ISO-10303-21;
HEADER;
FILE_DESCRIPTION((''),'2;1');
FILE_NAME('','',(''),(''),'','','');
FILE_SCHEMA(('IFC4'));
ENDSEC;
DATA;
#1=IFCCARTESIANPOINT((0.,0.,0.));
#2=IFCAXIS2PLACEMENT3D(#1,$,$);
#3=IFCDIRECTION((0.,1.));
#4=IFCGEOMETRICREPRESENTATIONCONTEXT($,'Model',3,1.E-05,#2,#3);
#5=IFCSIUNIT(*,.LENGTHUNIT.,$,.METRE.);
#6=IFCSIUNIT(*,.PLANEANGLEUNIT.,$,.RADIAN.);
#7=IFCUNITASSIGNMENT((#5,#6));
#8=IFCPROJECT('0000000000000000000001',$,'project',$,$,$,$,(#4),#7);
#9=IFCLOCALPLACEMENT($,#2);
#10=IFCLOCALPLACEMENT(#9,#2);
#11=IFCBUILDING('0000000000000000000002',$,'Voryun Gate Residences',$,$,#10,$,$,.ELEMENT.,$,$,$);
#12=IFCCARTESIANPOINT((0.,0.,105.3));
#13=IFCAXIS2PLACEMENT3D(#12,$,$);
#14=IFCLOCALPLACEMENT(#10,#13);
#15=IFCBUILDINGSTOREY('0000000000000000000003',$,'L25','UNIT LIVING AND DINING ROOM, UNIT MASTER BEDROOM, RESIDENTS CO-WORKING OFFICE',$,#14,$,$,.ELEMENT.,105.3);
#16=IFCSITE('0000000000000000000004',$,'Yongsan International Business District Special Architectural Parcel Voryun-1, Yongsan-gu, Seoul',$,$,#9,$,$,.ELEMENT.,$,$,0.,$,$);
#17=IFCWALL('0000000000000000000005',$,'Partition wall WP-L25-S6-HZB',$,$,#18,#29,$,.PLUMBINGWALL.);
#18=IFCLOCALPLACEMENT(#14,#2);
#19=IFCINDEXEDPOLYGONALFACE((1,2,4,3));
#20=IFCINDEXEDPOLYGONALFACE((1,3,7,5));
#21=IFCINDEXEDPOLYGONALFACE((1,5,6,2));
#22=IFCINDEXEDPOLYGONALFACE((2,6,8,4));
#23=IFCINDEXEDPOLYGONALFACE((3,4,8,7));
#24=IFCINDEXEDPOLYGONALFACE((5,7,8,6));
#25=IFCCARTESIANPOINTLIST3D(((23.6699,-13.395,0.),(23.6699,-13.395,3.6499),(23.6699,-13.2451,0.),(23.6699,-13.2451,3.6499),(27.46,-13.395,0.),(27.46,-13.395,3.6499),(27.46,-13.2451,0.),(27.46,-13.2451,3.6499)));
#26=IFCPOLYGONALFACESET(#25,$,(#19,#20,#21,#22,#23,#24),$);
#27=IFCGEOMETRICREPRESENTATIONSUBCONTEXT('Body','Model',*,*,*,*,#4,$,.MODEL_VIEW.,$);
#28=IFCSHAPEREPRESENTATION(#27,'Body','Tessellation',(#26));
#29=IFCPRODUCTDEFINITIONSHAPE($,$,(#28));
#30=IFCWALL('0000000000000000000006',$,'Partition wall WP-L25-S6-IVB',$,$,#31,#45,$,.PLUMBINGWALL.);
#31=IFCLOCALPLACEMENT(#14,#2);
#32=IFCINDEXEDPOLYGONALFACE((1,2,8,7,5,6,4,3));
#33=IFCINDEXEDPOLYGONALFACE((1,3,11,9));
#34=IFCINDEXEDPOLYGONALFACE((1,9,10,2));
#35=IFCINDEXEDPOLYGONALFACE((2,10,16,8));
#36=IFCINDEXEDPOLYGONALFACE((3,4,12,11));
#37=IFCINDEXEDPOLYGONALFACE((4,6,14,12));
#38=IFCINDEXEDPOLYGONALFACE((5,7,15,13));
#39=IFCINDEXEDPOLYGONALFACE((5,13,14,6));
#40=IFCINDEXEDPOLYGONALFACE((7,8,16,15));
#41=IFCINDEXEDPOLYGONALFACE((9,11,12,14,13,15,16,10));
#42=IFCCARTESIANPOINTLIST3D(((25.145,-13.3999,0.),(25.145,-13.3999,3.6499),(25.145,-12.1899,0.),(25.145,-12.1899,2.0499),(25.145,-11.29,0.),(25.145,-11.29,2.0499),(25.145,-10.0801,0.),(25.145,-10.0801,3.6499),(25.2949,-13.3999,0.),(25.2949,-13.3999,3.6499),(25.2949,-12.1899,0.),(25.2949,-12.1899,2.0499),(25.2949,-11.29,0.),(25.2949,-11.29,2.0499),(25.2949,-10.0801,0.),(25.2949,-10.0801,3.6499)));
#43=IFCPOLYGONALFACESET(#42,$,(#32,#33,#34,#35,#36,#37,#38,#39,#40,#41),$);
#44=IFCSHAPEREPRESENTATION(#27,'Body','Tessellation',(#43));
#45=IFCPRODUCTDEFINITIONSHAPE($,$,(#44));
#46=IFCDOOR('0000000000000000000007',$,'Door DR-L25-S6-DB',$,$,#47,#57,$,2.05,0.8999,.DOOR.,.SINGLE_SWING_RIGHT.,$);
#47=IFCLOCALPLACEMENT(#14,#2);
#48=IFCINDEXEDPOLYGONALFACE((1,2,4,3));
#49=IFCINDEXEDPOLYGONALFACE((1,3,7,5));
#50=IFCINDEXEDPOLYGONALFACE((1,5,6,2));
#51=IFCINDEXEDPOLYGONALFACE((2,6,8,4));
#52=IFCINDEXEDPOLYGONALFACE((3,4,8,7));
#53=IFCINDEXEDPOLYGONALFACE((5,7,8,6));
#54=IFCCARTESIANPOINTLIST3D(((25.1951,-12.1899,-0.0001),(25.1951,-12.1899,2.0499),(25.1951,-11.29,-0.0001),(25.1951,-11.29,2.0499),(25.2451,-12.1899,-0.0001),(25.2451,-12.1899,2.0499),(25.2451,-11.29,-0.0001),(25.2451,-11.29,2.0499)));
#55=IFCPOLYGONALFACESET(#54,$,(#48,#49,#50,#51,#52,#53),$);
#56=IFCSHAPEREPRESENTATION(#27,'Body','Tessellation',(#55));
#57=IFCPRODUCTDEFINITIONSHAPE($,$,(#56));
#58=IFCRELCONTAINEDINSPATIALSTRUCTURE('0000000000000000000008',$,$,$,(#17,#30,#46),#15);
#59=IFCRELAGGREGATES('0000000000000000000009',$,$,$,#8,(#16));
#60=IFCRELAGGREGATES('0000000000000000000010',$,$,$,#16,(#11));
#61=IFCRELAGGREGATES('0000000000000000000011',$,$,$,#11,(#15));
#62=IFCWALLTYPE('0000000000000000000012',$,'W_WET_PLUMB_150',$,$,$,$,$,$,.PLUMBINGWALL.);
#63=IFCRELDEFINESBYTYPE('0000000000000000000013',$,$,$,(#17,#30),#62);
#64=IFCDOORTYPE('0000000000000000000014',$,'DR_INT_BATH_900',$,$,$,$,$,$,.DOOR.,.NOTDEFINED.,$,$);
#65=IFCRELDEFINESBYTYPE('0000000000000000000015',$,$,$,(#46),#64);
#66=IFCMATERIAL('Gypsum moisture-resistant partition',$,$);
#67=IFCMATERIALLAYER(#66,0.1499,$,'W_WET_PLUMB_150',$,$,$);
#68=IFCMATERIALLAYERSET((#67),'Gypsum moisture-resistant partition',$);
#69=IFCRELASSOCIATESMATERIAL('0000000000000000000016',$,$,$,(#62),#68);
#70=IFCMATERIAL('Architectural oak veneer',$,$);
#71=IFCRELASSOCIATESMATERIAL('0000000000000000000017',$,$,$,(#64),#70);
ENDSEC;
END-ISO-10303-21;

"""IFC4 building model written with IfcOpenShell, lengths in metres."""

from ifc_helpers import new_model, si_unit, direction, frame, frame_2d, origin, place, context, subcontext, project, spatial, rectangle, extrude, material, layer, layer_set, type_object, element, fill, save


model = new_model("IFC4")

# Units and contexts
model_context = context("Model", 3, precision=1e-05, world=origin(), true_north=direction((0.0, 1.0)))
body_context = subcontext(model_context, "Body", "Model", "MODEL_VIEW")
ifc_project = project(units=[si_unit("LENGTHUNIT", "METRE"), si_unit("PLANEANGLEUNIT", "RADIAN")], contexts=[model_context])

# Site, building, storey
site_placement = place(None, origin())
site = spatial("IfcSite", under=ifc_project, at=site_placement, Name="Yongsan International Business District Special Architectural Parcel Voryun-1, Yongsan-gu, Seoul", CompositionType="ELEMENT", RefElevation=0.0)
building_placement = place(site_placement, origin())
building = spatial("IfcBuilding", under=site, at=building_placement, Name="Voryun Gate Residences", CompositionType="ELEMENT")
storey_placement = place(building_placement, frame((0.0, 0.0, 105.3)))
storey = spatial("IfcBuildingStorey", under=building, at=storey_placement, Name="L25", Description="UNIT LIVING AND DINING ROOM, UNIT MASTER BEDROOM, RESIDENTS CO-WORKING OFFICE", CompositionType="ELEMENT", Elevation=105.3)

# Wall
ifc_material_1 = material(Name="Gypsum moisture-resistant partition")
ifc_layer_1 = layer(ifc_material_1, 0.1499, Name="W_WET_PLUMB_150")
ifc_layer_set_1 = layer_set([ifc_layer_1], Name="Gypsum moisture-resistant partition")
wall_type_1 = type_object("IfcWallType", Name="W_WET_PLUMB_150", PredefinedType="PLUMBINGWALL", material=ifc_layer_set_1)
wall_1_placement = place(storey_placement, frame((23.6699, -13.3201, 0.0), z_axis=(0.0, 0.0, 1.0), x_axis=(1.0, 0.0, 0.0)))
element("IfcWall", 1, at=wall_1_placement, inside=storey, type_object=wall_type_1, Name="Partition wall WP-L25-S6-HZB", PredefinedType="PLUMBINGWALL", context=body_context, shape_type="SweptSolid", body=[
    extrude(rectangle(XDim=3.79, YDim=0.1499, at=frame_2d((1.895, 0.0))), origin(), (0.0, 0.0, 1.0), 3.6499),
])

# Wall, opening, door
wall_2_placement = place(storey_placement, frame((25.22, -13.3999, 0.0), z_axis=(0.0, 0.0, 1.0), x_axis=(0.0, 1.0, 0.0)))
wall_2 = element("IfcWall", 2, at=wall_2_placement, inside=storey, type_object=wall_type_1, Name="Partition wall WP-L25-S6-IVB", PredefinedType="PLUMBINGWALL", context=body_context, shape_type="SweptSolid", body=[
    extrude(rectangle(XDim=3.3198, YDim=0.1499, at=frame_2d((1.6599, 0.0))), origin(), (0.0, 0.0, 1.0), 3.6499),
])
opening_1_placement = place(wall_2_placement, frame((1.21, 0.0, 0.0)))
opening_1 = element("IfcOpeningElement", 3, at=opening_1_placement, cuts=wall_2, PredefinedType="OPENING", context=body_context, shape_type="SweptSolid", body=[
    extrude(rectangle(XDim=0.8999, YDim=2.05, at=frame_2d((0.45, 1.0249))), frame((0.0, 0.085, 0.0), z_axis=(0.0, -1.0, 0.0), x_axis=(1.0, 0.0, 0.0)), (0.0, 0.0, 1.0), 0.1699),
])
ifc_material_2 = material(Name="Architectural oak veneer")
door_type = type_object("IfcDoorType", Name="DR_INT_BATH_900", OperationType="NOTDEFINED", PredefinedType="DOOR", material=ifc_material_2)
door_placement = place(opening_1_placement, origin())
door = element("IfcDoor", 4, at=door_placement, inside=storey, type_object=door_type, Name="Door DR-L25-S6-DB", OperationType="SINGLE_SWING_RIGHT", OverallHeight=2.05, OverallWidth=0.8999, PredefinedType="DOOR", context=body_context, shape_type="SweptSolid", body=[
    extrude(rectangle(XDim=0.8999, YDim=2.05, at=frame_2d((0.45, 1.0249))), frame((0.0, 0.0249, 0.0), z_axis=(0.0, -1.0, 0.0), x_axis=(1.0, 0.0, 0.0)), (0.0, 0.0, 1.0), 0.05),
])
fill(opening_1, door)

save(model, "model.ifc")
